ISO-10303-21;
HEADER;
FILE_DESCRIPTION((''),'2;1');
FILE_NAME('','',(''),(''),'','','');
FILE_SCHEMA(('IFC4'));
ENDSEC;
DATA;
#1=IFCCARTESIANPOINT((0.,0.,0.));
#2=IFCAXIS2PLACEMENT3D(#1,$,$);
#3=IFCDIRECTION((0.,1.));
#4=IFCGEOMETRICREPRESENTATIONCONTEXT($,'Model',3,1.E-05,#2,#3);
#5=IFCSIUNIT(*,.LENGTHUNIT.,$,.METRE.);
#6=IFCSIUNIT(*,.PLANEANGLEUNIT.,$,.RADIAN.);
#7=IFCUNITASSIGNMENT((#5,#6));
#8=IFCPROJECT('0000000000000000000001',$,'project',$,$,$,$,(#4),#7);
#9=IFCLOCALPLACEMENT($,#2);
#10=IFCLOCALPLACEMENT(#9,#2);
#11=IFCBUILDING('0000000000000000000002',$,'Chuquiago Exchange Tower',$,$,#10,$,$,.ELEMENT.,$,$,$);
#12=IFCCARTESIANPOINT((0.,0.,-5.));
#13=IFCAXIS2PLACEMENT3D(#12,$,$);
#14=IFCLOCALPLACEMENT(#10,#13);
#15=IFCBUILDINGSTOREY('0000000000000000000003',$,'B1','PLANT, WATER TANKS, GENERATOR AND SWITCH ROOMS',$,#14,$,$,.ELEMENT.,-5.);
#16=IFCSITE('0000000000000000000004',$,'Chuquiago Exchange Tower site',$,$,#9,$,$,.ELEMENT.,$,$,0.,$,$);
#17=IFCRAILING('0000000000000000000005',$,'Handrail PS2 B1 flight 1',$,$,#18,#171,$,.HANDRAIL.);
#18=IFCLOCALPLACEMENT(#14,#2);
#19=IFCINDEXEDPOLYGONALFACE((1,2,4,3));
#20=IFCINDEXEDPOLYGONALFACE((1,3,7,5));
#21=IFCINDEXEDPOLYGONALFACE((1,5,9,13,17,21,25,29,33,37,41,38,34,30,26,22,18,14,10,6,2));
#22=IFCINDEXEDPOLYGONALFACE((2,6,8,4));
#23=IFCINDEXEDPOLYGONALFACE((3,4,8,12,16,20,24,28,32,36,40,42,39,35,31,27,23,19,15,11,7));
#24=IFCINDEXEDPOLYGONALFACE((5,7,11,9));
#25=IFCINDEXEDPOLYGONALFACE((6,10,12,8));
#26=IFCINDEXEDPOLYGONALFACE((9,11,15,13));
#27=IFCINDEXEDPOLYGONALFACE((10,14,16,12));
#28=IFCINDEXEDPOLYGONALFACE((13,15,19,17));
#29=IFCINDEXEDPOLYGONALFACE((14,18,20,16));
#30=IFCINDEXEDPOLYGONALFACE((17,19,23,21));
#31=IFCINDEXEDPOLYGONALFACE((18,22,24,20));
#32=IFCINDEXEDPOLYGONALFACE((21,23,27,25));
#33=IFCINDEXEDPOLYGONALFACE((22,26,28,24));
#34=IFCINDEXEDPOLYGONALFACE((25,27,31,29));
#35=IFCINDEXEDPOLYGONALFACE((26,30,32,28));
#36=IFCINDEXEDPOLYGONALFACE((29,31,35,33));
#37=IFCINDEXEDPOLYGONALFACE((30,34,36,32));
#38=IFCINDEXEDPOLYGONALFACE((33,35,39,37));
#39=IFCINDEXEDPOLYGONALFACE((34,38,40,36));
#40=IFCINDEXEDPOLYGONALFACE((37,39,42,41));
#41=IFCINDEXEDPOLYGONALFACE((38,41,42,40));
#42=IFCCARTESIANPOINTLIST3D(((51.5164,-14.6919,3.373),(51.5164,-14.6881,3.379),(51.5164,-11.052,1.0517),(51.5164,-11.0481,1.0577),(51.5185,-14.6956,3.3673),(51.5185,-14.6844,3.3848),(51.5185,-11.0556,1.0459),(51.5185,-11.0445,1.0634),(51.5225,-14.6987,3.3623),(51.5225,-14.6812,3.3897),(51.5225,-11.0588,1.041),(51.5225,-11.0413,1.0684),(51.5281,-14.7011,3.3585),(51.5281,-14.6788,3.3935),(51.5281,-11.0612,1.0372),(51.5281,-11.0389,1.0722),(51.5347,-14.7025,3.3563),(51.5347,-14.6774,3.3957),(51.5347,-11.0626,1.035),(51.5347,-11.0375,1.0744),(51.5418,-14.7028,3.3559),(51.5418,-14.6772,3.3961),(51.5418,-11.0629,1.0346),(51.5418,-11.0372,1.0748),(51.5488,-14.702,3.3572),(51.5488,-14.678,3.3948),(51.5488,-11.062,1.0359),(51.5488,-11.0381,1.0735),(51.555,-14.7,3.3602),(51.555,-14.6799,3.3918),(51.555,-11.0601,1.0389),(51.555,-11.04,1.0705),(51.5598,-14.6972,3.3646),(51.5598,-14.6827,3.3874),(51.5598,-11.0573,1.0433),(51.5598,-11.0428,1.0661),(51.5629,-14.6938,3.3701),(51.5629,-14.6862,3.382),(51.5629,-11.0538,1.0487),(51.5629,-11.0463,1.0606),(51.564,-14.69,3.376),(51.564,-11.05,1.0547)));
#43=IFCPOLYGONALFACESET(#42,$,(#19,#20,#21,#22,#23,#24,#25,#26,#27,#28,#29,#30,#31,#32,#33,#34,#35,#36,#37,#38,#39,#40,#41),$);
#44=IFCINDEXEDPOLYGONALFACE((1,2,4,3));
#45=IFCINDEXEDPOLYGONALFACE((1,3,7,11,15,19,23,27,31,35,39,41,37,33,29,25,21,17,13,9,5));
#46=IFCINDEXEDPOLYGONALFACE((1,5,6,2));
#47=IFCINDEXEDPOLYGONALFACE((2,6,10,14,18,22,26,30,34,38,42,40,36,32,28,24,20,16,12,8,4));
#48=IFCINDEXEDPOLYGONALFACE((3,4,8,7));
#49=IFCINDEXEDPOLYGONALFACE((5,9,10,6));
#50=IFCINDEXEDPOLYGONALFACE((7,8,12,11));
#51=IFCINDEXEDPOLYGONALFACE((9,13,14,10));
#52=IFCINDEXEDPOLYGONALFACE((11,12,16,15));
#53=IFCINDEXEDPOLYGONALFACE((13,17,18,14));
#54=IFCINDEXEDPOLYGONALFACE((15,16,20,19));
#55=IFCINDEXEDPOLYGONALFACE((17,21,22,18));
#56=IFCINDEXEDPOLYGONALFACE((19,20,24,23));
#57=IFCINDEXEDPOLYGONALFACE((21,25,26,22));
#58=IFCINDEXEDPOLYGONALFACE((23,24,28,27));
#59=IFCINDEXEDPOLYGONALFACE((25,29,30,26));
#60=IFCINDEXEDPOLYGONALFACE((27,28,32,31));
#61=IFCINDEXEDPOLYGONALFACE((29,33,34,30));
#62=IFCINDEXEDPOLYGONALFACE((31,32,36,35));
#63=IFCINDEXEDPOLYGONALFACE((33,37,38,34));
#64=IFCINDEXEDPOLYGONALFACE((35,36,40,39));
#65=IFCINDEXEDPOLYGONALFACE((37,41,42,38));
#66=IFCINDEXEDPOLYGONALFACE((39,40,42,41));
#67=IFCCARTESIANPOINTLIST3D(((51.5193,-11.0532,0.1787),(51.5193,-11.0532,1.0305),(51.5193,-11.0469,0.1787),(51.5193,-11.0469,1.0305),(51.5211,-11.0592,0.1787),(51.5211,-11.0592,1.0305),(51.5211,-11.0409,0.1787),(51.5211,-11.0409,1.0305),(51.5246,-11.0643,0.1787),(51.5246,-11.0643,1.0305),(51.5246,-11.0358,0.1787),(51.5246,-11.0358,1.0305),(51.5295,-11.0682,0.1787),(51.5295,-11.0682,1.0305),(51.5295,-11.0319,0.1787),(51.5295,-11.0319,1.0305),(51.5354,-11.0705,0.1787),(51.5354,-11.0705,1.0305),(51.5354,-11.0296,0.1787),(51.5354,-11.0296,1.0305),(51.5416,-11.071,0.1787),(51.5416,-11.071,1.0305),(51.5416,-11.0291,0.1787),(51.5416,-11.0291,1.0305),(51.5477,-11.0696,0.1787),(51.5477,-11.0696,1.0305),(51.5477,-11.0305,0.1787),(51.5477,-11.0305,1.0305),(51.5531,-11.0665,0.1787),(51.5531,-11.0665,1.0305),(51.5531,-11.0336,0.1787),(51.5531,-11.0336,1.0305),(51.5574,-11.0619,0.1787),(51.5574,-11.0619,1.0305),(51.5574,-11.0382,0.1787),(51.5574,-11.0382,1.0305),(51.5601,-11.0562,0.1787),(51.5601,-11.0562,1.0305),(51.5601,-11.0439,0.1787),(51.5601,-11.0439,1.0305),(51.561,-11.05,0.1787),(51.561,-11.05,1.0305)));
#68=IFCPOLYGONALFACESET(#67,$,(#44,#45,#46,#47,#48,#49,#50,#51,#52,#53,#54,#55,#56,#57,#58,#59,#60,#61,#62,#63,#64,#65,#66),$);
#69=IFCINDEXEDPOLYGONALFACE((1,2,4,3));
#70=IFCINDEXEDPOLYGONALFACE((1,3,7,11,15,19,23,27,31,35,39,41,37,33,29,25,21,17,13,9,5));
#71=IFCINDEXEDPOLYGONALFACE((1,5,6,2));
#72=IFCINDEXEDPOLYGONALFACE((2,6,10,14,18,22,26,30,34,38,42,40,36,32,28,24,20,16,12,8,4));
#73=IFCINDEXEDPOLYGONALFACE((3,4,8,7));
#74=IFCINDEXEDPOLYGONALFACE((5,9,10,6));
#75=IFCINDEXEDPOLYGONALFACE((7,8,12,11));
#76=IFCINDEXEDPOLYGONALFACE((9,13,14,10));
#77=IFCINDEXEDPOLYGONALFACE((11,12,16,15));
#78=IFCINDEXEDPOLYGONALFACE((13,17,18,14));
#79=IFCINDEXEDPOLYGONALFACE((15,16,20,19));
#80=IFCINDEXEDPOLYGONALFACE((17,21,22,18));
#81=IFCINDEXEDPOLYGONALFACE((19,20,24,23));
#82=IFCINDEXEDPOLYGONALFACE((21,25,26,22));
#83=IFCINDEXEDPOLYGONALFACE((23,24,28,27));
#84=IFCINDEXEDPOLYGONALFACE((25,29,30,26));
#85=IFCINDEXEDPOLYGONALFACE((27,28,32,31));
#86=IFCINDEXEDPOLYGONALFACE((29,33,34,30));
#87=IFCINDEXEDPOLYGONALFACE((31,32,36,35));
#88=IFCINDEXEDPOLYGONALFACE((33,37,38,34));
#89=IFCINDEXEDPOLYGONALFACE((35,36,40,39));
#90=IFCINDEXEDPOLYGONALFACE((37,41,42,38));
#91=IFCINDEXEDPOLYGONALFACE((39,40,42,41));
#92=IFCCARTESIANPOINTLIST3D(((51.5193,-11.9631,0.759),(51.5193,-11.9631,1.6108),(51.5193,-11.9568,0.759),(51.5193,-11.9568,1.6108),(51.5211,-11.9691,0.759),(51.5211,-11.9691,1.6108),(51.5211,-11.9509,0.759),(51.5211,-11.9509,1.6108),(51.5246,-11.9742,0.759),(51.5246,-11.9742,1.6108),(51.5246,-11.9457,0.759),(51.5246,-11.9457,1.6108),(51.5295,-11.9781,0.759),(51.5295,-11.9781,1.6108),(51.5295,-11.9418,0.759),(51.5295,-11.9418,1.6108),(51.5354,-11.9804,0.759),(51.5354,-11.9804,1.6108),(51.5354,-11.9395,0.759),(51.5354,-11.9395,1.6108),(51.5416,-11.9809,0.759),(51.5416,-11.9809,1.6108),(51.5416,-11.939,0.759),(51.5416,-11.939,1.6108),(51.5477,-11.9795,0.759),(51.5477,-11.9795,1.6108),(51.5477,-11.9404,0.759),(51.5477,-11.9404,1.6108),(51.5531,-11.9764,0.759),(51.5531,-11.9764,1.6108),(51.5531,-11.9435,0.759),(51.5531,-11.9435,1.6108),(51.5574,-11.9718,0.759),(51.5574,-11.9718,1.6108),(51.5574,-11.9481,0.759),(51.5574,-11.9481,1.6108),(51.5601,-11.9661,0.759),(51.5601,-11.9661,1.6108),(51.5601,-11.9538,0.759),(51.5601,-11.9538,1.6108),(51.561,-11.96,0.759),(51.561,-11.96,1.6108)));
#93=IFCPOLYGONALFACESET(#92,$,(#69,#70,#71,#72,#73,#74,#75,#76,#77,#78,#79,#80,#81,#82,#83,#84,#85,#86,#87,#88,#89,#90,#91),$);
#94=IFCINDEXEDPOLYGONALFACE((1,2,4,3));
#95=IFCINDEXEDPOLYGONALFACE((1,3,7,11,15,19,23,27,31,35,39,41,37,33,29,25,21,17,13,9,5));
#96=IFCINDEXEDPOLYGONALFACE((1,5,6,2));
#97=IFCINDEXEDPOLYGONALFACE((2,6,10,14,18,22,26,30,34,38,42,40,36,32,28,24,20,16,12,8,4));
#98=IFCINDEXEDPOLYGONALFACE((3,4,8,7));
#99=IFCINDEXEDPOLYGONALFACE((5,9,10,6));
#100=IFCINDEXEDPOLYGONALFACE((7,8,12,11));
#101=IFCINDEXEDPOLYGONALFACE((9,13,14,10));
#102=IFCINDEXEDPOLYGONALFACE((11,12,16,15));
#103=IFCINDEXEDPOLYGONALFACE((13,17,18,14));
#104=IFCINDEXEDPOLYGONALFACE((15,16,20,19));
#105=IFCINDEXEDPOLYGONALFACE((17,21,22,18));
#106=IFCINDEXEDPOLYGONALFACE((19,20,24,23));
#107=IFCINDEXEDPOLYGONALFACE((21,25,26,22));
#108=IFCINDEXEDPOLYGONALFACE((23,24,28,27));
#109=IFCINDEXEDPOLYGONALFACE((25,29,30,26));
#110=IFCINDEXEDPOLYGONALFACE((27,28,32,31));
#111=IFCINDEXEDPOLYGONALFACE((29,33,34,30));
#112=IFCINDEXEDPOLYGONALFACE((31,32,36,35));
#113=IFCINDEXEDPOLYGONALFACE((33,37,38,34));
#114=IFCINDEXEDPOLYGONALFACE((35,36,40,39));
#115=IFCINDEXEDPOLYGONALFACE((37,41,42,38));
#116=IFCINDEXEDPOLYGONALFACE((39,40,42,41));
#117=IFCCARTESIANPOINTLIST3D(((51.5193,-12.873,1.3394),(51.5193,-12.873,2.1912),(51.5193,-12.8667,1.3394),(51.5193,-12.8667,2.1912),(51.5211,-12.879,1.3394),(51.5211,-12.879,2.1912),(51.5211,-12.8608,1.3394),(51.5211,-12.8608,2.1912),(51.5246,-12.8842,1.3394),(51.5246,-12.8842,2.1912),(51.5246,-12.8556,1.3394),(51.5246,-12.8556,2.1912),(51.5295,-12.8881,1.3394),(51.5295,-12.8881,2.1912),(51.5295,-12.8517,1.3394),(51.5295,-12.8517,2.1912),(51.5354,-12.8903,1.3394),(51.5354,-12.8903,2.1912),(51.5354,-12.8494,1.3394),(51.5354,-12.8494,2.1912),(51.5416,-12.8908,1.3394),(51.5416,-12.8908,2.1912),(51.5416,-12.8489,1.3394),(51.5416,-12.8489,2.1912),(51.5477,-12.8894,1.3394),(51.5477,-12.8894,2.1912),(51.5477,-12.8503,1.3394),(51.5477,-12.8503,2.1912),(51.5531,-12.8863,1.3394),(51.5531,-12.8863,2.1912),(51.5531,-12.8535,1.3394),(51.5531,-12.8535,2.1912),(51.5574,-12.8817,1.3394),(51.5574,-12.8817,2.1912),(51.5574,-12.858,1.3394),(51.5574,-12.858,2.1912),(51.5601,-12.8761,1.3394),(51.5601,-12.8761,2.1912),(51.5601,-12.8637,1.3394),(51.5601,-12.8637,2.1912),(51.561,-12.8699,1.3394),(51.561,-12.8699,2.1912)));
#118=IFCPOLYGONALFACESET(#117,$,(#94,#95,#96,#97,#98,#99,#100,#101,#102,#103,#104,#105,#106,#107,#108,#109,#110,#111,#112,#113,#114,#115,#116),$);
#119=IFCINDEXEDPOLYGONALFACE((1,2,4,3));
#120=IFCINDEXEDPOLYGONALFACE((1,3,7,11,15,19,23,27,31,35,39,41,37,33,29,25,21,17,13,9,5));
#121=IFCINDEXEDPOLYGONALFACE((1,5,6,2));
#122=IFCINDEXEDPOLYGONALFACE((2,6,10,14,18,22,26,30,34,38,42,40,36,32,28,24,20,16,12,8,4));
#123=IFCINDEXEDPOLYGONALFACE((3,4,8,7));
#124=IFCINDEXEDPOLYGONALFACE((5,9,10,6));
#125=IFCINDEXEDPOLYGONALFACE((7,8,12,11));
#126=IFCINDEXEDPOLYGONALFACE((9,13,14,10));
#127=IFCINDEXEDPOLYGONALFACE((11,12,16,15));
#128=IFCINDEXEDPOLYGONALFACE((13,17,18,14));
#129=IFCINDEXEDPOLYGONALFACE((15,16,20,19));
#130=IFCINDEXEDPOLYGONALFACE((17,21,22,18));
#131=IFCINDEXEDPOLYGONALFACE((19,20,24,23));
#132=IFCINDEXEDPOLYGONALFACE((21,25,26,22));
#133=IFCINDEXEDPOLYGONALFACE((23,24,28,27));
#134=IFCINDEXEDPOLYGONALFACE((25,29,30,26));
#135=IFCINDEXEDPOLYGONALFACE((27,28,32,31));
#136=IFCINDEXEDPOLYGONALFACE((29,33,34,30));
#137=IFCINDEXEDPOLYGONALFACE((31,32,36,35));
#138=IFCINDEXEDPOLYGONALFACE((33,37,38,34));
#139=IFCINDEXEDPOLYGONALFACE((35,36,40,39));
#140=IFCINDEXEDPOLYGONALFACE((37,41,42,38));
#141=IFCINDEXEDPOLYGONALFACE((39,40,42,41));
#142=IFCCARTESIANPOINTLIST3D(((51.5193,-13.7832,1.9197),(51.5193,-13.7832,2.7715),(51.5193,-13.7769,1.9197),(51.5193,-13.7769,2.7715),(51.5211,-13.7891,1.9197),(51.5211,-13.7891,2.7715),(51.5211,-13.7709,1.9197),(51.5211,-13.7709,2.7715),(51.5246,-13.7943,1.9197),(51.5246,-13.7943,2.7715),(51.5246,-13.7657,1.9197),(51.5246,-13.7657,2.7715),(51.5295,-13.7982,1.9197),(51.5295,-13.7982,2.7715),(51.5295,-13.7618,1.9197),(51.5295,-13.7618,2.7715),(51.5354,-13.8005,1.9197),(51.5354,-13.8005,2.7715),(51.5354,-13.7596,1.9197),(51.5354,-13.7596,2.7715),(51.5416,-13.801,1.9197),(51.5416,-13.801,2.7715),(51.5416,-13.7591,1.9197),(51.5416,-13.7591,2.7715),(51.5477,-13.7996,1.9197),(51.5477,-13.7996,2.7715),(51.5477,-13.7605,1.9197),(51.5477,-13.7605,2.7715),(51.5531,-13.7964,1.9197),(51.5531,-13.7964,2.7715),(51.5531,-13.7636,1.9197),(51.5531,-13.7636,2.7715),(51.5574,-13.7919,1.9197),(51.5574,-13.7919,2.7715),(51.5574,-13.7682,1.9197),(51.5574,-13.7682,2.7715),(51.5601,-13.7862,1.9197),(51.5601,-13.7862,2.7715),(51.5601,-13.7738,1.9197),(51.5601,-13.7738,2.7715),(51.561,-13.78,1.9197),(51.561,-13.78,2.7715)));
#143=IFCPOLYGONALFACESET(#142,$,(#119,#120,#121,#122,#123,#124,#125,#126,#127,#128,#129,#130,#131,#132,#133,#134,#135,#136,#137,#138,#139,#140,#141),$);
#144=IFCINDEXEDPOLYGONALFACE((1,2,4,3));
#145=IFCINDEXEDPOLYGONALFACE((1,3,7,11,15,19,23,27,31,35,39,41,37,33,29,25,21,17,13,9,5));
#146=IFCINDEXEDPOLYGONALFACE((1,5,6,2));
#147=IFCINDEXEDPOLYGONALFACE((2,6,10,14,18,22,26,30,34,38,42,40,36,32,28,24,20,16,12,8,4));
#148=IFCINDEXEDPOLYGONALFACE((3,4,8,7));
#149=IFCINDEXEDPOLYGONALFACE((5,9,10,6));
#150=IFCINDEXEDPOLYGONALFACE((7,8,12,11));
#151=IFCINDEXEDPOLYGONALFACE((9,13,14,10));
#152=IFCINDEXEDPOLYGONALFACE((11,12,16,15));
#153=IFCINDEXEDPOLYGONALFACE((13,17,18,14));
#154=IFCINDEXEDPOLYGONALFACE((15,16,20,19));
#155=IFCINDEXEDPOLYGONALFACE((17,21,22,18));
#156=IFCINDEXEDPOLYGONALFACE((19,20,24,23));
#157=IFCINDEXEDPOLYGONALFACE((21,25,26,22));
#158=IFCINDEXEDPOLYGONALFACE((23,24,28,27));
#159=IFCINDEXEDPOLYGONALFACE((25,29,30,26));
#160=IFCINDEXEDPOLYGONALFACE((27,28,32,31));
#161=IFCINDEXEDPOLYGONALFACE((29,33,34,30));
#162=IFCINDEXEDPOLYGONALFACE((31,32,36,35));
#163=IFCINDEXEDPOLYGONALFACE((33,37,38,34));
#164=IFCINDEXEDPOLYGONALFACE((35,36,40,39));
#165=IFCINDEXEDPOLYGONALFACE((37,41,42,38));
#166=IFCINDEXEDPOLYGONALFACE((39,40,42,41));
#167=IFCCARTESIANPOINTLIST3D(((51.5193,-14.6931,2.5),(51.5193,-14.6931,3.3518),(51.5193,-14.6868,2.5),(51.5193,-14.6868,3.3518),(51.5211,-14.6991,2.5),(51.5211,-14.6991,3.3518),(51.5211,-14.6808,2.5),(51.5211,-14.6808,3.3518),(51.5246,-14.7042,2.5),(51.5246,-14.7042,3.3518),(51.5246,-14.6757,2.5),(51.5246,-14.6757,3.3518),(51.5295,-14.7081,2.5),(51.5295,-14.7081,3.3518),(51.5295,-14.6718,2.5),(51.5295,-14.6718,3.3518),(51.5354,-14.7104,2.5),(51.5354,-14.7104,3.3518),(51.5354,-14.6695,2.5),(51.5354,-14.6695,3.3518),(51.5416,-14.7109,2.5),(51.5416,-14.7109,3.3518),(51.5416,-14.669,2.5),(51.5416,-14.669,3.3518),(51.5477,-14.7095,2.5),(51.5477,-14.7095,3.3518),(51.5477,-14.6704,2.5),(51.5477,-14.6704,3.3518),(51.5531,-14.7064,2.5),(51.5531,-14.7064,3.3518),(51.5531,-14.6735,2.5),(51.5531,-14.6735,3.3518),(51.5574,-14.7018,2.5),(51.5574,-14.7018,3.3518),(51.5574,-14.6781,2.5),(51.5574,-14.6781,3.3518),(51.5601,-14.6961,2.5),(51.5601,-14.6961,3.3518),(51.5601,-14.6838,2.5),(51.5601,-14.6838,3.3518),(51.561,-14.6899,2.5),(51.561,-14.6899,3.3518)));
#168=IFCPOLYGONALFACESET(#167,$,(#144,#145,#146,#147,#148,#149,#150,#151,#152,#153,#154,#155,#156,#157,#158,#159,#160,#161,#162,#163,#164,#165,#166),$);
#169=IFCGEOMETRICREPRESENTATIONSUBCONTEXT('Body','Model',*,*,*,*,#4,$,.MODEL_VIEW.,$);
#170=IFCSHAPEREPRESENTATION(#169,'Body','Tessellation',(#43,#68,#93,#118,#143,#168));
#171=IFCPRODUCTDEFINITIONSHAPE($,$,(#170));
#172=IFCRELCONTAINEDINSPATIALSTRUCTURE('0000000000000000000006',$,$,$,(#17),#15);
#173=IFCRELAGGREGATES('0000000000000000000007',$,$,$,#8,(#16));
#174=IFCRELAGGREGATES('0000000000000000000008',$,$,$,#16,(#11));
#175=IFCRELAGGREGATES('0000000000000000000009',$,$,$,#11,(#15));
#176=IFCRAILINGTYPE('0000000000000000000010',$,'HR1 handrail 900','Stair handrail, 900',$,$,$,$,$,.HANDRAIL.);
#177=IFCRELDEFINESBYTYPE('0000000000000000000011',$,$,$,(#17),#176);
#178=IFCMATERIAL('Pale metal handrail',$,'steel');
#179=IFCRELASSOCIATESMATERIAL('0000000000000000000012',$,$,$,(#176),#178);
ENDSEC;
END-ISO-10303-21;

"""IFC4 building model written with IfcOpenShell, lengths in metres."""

from ifc_helpers import new_model, si_unit, direction, frame, origin, origin_2d, place, context, subcontext, project, spatial, circle, extrude, material, type_object, element, save


model = new_model("IFC4")

# Units and contexts
model_context = context("Model", 3, precision=1e-05, world=origin(), true_north=direction((0.0, 1.0)))
body_context = subcontext(model_context, "Body", "Model", "MODEL_VIEW")
ifc_project = project(units=[si_unit("LENGTHUNIT", "METRE"), si_unit("PLANEANGLEUNIT", "RADIAN")], contexts=[model_context])

# Site, building, storey
site_placement = place(None, origin())
site = spatial("IfcSite", under=ifc_project, at=site_placement, Name="Chuquiago Exchange Tower site", CompositionType="ELEMENT", RefElevation=0.0)
building_placement = place(site_placement, origin())
building = spatial("IfcBuilding", under=site, at=building_placement, Name="Chuquiago Exchange Tower", CompositionType="ELEMENT")
storey_placement = place(building_placement, frame((0.0, 0.0, -5.0)))
storey = spatial("IfcBuildingStorey", under=building, at=storey_placement, Name="B1", Description="PLANT, WATER TANKS, GENERATOR AND SWITCH ROOMS", CompositionType="ELEMENT", Elevation=-5.0)

# Railing
ifc_material_1 = material(Name="Pale metal handrail", Category="steel")
railing_type = type_object("IfcRailingType", Name="HR1 handrail 900", Description="Stair handrail, 900", PredefinedType="HANDRAIL", material=ifc_material_1)
for number, where, name in (
    (1, (51.54, -11.05, 0.1787), "Handrail PS2 B1 flight 1"),
):
    element("IfcRailing", number, at=place(storey_placement, frame(where)), inside=storey, type_object=railing_type, Name=name, PredefinedType="HANDRAIL", context=body_context, shape_type="SweptSolid", body=[
        extrude(circle(Radius=0.0239, at=origin_2d()), frame((0.0, 0.0, 0.876), z_axis=(0.0, -0.843137, 0.537699), x_axis=(1.0, 0.0, 0.0)), (0.0, 0.0, 1.0), 4.3171),
        extrude(circle(Radius=0.021, at=origin_2d()), origin(), (0.0, 0.0, 1.0), 0.8518),
        extrude(circle(Radius=0.021, at=origin_2d()), frame((0.0, -0.9099, 0.5803)), (0.0, 0.0, 1.0), 0.8518),
        extrude(circle(Radius=0.021, at=origin_2d()), frame((0.0, -1.8198, 1.1606)), (0.0, 0.0, 1.0), 0.8518),
        extrude(circle(Radius=0.021, at=origin_2d()), frame((0.0, -2.73, 1.741)), (0.0, 0.0, 1.0), 0.8518),
        extrude(circle(Radius=0.021, at=origin_2d()), frame((0.0, -3.6399, 2.3213)), (0.0, 0.0, 1.0), 0.8518),
    ])

save(model, "model.ifc")
